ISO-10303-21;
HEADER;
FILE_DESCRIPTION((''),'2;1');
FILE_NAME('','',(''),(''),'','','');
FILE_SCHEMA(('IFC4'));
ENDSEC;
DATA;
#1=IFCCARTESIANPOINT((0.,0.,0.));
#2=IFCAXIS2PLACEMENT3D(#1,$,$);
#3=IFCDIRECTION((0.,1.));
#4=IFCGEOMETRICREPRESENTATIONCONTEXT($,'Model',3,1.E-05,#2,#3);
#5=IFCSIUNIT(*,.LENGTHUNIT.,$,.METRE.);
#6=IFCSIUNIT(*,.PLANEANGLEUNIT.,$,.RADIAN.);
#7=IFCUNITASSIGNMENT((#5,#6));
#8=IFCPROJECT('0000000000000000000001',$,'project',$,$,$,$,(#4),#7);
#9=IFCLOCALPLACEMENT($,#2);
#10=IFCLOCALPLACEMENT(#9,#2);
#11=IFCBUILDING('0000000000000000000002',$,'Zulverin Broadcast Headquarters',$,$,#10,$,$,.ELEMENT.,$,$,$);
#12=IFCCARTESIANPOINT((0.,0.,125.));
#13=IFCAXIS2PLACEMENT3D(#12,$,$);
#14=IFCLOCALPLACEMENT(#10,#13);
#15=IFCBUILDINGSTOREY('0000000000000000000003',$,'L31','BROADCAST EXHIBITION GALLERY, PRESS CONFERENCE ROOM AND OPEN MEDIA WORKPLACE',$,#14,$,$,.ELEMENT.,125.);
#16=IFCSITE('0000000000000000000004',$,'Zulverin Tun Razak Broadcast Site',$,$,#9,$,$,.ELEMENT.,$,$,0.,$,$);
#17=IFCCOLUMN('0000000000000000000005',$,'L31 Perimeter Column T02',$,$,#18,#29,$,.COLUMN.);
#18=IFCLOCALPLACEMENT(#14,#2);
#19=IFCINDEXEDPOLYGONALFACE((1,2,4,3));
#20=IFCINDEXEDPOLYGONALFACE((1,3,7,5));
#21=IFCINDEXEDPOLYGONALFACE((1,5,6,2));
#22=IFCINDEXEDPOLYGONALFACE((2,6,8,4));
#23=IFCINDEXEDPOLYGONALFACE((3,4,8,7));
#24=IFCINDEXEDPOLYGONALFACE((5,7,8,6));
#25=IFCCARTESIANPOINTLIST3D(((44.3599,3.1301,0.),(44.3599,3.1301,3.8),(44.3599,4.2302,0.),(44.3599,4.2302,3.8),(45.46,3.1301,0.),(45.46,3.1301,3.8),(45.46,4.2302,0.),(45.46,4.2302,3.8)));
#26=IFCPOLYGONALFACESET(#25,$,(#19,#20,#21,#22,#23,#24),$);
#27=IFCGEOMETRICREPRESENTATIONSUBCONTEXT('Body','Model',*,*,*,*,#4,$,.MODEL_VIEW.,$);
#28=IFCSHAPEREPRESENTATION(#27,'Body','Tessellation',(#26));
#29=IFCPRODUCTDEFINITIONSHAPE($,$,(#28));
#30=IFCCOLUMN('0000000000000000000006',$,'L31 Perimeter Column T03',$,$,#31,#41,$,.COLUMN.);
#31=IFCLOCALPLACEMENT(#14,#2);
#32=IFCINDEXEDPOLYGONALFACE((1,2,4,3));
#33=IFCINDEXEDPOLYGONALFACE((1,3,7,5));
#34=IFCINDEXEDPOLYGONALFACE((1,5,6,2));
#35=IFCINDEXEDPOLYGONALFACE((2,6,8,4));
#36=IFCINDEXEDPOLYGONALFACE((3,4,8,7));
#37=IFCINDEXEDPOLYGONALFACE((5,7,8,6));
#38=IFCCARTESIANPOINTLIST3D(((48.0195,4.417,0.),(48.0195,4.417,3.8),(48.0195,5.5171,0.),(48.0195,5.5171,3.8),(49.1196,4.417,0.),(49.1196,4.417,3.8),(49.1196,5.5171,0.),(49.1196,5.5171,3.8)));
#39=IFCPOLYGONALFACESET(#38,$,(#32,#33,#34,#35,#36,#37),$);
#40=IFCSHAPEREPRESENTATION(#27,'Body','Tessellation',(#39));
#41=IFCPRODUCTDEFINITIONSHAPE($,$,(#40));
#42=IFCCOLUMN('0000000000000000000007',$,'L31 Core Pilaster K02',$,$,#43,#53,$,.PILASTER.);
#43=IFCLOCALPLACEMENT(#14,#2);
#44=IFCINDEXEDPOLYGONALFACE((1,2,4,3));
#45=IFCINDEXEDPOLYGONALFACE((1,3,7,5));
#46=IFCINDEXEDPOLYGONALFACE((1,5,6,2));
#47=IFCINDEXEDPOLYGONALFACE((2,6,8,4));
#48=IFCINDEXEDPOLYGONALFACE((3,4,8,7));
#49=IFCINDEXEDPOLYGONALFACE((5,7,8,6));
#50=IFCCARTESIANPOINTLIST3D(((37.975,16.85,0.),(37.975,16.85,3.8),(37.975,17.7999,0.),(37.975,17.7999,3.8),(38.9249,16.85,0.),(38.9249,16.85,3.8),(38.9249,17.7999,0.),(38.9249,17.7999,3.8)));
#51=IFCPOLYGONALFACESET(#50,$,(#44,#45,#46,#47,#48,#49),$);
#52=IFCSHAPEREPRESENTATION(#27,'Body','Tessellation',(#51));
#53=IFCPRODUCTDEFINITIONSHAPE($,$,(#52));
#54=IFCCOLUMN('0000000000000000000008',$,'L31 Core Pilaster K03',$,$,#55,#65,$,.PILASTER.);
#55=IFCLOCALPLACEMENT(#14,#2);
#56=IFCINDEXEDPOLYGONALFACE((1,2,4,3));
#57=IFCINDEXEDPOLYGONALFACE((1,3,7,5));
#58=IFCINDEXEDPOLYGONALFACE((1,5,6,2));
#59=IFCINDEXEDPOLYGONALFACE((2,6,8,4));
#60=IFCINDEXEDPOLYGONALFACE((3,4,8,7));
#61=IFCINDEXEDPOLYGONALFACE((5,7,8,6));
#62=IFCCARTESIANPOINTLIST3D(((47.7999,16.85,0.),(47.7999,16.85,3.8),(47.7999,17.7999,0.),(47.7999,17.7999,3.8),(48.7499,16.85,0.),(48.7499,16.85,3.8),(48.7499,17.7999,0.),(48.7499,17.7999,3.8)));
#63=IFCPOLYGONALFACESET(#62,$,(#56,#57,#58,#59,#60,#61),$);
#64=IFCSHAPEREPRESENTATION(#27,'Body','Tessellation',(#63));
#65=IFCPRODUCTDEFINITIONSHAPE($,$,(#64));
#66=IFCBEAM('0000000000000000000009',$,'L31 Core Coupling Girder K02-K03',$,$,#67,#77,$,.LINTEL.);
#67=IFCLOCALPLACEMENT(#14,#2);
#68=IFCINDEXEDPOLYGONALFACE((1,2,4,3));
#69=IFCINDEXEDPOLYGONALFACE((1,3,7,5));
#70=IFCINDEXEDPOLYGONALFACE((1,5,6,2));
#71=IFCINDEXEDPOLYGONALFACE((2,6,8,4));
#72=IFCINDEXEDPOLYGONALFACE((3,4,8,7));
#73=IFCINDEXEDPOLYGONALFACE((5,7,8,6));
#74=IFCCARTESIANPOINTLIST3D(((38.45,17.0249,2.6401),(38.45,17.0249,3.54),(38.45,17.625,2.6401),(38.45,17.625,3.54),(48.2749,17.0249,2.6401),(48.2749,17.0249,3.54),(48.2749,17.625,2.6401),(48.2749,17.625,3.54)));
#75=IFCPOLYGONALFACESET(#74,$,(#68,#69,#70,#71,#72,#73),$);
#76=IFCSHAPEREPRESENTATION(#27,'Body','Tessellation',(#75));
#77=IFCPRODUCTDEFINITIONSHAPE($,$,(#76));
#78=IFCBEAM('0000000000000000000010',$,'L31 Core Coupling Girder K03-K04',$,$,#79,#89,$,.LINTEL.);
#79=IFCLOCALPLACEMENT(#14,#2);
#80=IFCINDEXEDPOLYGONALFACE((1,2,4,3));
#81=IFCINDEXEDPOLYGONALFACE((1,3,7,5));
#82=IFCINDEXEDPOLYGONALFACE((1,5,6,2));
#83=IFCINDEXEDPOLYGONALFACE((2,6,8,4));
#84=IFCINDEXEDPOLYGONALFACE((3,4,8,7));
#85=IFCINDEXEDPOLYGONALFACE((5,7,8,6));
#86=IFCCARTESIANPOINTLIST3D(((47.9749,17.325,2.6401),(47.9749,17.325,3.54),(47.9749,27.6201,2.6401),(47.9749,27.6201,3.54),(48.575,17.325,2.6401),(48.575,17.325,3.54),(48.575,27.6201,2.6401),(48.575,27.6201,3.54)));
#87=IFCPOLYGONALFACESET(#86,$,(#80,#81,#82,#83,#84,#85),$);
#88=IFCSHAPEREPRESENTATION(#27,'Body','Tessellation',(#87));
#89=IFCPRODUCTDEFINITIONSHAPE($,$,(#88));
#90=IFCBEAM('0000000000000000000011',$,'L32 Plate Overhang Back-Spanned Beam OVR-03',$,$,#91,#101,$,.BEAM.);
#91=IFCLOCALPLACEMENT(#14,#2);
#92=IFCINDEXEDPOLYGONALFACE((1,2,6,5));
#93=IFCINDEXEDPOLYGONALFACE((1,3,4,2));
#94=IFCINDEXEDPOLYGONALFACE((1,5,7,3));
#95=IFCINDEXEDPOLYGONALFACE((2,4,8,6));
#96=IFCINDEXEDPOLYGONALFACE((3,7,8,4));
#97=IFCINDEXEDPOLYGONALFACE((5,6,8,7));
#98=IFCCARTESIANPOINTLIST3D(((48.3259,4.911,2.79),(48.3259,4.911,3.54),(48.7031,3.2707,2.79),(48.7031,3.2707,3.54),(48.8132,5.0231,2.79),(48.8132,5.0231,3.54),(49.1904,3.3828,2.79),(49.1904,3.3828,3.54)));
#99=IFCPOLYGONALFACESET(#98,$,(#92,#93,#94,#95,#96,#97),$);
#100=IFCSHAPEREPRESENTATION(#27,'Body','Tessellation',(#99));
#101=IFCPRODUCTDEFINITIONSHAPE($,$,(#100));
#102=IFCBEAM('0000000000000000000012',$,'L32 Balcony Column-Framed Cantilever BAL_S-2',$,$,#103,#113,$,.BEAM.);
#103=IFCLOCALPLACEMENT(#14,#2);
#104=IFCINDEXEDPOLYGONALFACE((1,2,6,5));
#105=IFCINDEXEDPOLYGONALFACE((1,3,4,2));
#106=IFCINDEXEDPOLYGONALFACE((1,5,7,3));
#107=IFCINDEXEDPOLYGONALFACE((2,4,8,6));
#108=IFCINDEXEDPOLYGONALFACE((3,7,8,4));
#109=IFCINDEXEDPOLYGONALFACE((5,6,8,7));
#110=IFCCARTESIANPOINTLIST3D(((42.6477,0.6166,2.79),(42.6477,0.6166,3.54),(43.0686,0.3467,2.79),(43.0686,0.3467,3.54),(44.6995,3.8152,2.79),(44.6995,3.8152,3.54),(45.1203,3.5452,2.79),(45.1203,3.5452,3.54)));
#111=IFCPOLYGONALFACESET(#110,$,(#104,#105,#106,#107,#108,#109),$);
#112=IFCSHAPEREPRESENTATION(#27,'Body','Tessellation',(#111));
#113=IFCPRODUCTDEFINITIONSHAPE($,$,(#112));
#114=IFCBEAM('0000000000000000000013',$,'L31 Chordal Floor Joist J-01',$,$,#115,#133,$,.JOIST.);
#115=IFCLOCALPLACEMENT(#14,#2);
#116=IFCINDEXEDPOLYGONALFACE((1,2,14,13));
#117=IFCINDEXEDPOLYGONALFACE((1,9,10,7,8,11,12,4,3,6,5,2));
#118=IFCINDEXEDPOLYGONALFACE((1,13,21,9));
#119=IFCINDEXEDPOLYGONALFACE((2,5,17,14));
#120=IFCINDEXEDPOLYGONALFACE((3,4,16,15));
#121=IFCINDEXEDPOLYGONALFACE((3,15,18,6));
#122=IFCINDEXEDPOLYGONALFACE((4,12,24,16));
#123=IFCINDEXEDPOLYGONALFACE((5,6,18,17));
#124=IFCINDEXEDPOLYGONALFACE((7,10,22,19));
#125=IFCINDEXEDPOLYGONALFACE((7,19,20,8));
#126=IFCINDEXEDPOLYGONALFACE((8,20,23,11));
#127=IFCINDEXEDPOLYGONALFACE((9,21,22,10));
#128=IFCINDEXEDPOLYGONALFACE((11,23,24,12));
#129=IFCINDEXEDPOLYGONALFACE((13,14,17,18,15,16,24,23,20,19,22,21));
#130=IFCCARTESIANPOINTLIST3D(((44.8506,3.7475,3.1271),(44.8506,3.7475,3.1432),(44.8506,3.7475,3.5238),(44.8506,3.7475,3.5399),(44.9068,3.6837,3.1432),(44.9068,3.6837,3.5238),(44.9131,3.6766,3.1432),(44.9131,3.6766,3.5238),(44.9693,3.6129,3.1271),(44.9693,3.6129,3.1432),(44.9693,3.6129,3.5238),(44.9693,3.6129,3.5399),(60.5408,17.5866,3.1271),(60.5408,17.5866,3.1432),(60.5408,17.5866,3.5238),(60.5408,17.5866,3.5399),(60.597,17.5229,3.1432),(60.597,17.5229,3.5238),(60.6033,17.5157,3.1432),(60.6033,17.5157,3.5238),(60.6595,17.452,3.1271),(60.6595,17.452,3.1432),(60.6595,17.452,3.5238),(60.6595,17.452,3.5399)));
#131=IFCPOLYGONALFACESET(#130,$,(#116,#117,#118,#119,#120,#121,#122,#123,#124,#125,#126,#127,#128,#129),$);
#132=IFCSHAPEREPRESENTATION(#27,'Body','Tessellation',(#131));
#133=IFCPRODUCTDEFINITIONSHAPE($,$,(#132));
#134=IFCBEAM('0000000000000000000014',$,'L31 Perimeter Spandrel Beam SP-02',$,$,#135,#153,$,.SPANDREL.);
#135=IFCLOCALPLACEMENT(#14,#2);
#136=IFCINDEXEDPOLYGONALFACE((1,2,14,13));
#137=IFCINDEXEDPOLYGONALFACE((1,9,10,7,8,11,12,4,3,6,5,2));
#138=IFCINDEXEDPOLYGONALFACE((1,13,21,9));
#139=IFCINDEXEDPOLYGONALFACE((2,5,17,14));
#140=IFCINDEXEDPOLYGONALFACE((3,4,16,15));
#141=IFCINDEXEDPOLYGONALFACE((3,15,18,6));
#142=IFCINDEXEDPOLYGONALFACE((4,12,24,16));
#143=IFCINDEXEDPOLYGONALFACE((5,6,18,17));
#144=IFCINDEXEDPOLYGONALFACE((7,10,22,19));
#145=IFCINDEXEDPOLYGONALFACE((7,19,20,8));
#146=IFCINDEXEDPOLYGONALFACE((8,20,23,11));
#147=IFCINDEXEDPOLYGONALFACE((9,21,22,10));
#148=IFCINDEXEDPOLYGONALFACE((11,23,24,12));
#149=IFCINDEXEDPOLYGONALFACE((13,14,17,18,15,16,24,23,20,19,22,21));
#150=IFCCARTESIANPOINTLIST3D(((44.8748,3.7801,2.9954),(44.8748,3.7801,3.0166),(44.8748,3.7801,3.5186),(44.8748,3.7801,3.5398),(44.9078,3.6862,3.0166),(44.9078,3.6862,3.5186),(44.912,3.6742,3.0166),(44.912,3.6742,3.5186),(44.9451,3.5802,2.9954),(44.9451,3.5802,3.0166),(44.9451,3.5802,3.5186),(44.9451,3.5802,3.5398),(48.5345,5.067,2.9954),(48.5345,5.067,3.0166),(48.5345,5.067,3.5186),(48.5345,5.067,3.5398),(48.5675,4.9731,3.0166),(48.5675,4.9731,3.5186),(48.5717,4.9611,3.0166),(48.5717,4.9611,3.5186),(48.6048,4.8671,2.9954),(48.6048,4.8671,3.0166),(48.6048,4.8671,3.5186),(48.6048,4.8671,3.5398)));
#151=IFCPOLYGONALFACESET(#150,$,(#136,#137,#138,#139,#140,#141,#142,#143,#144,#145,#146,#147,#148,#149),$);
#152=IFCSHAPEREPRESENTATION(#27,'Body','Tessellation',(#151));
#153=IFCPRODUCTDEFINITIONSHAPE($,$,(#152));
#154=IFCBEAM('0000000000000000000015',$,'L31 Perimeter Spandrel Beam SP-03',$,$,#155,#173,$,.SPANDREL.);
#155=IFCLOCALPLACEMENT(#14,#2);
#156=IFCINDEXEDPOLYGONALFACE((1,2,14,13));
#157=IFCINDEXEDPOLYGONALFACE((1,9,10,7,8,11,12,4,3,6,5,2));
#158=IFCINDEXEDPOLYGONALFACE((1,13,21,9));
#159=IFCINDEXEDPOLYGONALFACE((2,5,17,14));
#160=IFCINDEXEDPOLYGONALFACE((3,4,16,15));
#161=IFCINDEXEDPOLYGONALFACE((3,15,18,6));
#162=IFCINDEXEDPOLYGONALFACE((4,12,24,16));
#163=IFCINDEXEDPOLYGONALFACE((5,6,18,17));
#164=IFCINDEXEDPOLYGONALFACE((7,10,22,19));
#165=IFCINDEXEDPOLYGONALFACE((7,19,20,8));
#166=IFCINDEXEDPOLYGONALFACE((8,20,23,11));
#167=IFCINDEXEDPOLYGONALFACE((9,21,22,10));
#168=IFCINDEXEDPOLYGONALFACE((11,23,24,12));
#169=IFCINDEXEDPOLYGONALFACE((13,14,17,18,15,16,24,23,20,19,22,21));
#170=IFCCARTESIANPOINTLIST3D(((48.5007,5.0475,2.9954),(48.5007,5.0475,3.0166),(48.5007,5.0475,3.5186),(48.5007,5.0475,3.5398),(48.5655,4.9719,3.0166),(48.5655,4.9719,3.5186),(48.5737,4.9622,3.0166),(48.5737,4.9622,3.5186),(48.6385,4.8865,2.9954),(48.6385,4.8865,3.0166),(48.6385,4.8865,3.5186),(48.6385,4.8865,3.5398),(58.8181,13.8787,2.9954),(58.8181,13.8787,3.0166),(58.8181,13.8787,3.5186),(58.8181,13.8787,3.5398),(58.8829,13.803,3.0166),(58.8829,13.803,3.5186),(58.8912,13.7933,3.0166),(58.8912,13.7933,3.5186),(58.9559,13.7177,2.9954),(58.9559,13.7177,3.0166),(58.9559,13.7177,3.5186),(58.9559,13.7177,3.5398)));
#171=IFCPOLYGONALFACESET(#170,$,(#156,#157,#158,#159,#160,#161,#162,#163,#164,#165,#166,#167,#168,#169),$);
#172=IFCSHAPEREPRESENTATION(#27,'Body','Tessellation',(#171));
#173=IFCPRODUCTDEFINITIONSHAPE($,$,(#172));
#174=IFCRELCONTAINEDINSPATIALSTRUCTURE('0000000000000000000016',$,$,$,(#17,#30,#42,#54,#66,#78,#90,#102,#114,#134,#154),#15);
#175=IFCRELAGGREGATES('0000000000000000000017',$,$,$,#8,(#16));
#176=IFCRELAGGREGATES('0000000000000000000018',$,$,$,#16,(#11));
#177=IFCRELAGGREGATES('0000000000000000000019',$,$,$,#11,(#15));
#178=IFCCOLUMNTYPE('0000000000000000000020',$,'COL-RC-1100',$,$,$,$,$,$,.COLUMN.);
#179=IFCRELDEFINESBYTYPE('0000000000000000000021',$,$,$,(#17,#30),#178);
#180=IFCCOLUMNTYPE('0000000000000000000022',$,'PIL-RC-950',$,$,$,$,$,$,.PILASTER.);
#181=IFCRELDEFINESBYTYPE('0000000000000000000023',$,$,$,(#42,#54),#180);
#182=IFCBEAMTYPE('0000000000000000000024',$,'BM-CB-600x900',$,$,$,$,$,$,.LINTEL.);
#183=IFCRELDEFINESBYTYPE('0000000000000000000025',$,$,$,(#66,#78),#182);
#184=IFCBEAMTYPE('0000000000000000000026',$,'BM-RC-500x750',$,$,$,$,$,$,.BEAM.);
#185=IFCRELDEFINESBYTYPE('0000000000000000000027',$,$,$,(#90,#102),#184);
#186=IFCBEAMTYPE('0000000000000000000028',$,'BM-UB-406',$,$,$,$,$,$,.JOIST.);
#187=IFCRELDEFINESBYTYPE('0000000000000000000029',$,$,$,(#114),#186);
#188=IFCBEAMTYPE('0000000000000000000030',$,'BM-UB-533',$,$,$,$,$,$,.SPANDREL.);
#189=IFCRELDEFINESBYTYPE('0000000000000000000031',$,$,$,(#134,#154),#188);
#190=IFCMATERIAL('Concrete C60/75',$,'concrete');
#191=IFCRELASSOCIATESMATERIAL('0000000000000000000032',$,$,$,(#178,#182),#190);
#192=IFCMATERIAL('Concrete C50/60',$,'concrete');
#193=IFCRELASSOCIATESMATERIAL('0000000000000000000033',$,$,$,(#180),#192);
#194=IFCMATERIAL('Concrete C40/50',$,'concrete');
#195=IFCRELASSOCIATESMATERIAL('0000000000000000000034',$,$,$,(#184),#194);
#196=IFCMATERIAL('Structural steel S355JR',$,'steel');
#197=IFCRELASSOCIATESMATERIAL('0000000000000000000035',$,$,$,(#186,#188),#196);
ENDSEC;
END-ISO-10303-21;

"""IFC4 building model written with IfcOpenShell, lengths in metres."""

from ifc_helpers import new_model, si_unit, direction, frame, origin, origin_2d, place, context, subcontext, project, spatial, rectangle, i_section, extrude, material, material_profile, profile_set, type_object, element, save


model = new_model("IFC4")

# Units and contexts
model_context = context("Model", 3, precision=1e-05, world=origin(), true_north=direction((0.0, 1.0)))
body_context = subcontext(model_context, "Body", "Model", "MODEL_VIEW")
ifc_project = project(units=[si_unit("LENGTHUNIT", "METRE"), si_unit("PLANEANGLEUNIT", "RADIAN")], contexts=[model_context])

# Site, building, storey
site_placement = place(None, origin())
site = spatial("IfcSite", under=ifc_project, at=site_placement, Name="Zulverin Tun Razak Broadcast Site", CompositionType="ELEMENT", RefElevation=0.0)
building_placement = place(site_placement, origin())
building = spatial("IfcBuilding", under=site, at=building_placement, Name="Zulverin Broadcast Headquarters", CompositionType="ELEMENT")
storey_placement = place(building_placement, frame((0.0, 0.0, 125.0)))
storey = spatial("IfcBuildingStorey", under=building, at=storey_placement, Name="L31", Description="BROADCAST EXHIBITION GALLERY, PRESS CONFERENCE ROOM AND OPEN MEDIA WORKPLACE", CompositionType="ELEMENT", Elevation=125.0)

# Columns
ifc_material_1 = material(Name="Concrete C60/75", Category="concrete")
ifc_material_profile_1 = material_profile(ifc_material_1, rectangle(XDim=1.1001, YDim=1.1001, at=origin_2d()), Name="Concrete C60/75", Category="concrete")
ifc_profile_set_1 = profile_set([ifc_material_profile_1], Name="Concrete C60/75")
column_type_1 = type_object("IfcColumnType", Name="COL-RC-1100", PredefinedType="COLUMN", material=ifc_profile_set_1)
for number, where, z_axis, x_axis, name in (
    (1, (44.9099, 3.6802, 0.0), (0.0, 0.0, 1.0), (1.0, 0.0, 0.0), "L31 Perimeter Column T02"),
    (2, (48.5696, 4.967, 0.0), (0.0, 0.0, 1.0), (1.0, 0.0, 0.0), "L31 Perimeter Column T03"),
):
    element("IfcColumn", number, at=place(storey_placement, frame(where, z_axis=z_axis, x_axis=x_axis)), inside=storey, type_object=column_type_1, Name=name, PredefinedType="COLUMN", context=body_context, shape_type="SweptSolid", body=[
        extrude(rectangle(XDim=1.1001, YDim=1.1001, at=origin_2d()), origin(), (0.0, 0.0, 1.0), 3.8),
    ])
ifc_material_2 = material(Name="Concrete C50/60", Category="concrete")
ifc_material_profile_2 = material_profile(ifc_material_2, rectangle(XDim=0.95, YDim=0.95, at=origin_2d()), Name="Concrete C50/60", Category="concrete")
ifc_profile_set_2 = profile_set([ifc_material_profile_2], Name="Concrete C50/60")
column_type_2 = type_object("IfcColumnType", Name="PIL-RC-950", PredefinedType="PILASTER", material=ifc_profile_set_2)
for number, where, z_axis, x_axis, name in (
    (3, (38.45, 17.325, 0.0), (0.0, 0.0, 1.0), (1.0, 0.0, 0.0), "L31 Core Pilaster K02"),
    (4, (48.2749, 17.325, 0.0), (0.0, 0.0, 1.0), (1.0, 0.0, 0.0), "L31 Core Pilaster K03"),
):
    element("IfcColumn", number, at=place(storey_placement, frame(where, z_axis=z_axis, x_axis=x_axis)), inside=storey, type_object=column_type_2, Name=name, PredefinedType="PILASTER", context=body_context, shape_type="SweptSolid", body=[
        extrude(rectangle(XDim=0.95, YDim=0.95, at=origin_2d()), origin(), (0.0, 0.0, 1.0), 3.8),
    ])

# Beams
ifc_material_profile_3 = material_profile(ifc_material_1, rectangle(XDim=0.6001, YDim=0.8999, at=origin_2d()), Name="Concrete C60/75", Category="concrete")
ifc_profile_set_3 = profile_set([ifc_material_profile_3], Name="Concrete C60/75")
beam_type_1 = type_object("IfcBeamType", Name="BM-CB-600x900", PredefinedType="LINTEL", material=ifc_profile_set_3)
beam_1_placement = place(storey_placement, frame((38.45, 17.325, 3.0901), z_axis=(1.0, 0.0, 0.0), x_axis=(0.0, 1.0, 0.0)))
element("IfcBeam", 5, at=beam_1_placement, inside=storey, type_object=beam_type_1, Name="L31 Core Coupling Girder K02-K03", PredefinedType="LINTEL", context=body_context, shape_type="SweptSolid", body=[
    extrude(rectangle(XDim=0.6001, YDim=0.8999, at=origin_2d()), origin(), (0.0, 0.0, 1.0), 9.825),
])
beam_2_placement = place(storey_placement, frame((48.2749, 17.325, 3.0901), z_axis=(0.0, 1.0, 0.0), x_axis=(-1.0, 0.0, 0.0)))
element("IfcBeam", 6, at=beam_2_placement, inside=storey, type_object=beam_type_1, Name="L31 Core Coupling Girder K03-K04", PredefinedType="LINTEL", context=body_context, shape_type="SweptSolid", body=[
    extrude(rectangle(XDim=0.6001, YDim=0.8999, at=origin_2d()), origin(), (0.0, 0.0, 1.0), 10.2952),
])
ifc_material_3 = material(Name="Concrete C40/50", Category="concrete")
ifc_material_profile_4 = material_profile(ifc_material_3, rectangle(XDim=0.5, YDim=0.75, at=origin_2d()), Name="Concrete C40/50", Category="concrete")
ifc_profile_set_4 = profile_set([ifc_material_profile_4], Name="Concrete C40/50")
beam_type_2 = type_object("IfcBeamType", Name="BM-RC-500x750", PredefinedType="BEAM", material=ifc_profile_set_4)
beam_3_placement = place(storey_placement, frame((48.5696, 4.967, 3.165), z_axis=(0.224097, -0.974567, 0.0), x_axis=(0.974567, 0.224097, 0.0)))
element("IfcBeam", 7, at=beam_3_placement, inside=storey, type_object=beam_type_2, Name="L32 Plate Overhang Back-Spanned Beam OVR-03", PredefinedType="BEAM", context=body_context, shape_type="SweptSolid", body=[
    extrude(rectangle(XDim=0.5, YDim=0.75, at=origin_2d()), origin(), (0.0, 0.0, 1.0), 1.6831),
])
beam_4_placement = place(storey_placement, frame((44.9099, 3.6802, 3.165), z_axis=(-0.539936, -0.841706, 0.0), x_axis=(0.841706, -0.539936, 0.0)))
element("IfcBeam", 8, at=beam_4_placement, inside=storey, type_object=beam_type_2, Name="L32 Balcony Column-Framed Cantilever BAL_S-2", PredefinedType="BEAM", context=body_context, shape_type="SweptSolid", body=[
    extrude(rectangle(XDim=0.5, YDim=0.75, at=origin_2d()), origin(), (0.0, 0.0, 1.0), 3.8),
])
ifc_material_4 = material(Name="Structural steel S355JR", Category="steel")
ifc_material_profile_5 = material_profile(ifc_material_4, i_section(OverallWidth=0.1794, OverallDepth=0.4128, WebThickness=0.0095, FlangeThickness=0.0161, at=origin_2d()), Name="Structural steel S355JR", Category="steel")
ifc_profile_set_5 = profile_set([ifc_material_profile_5], Name="Structural steel S355JR")
beam_type_3 = type_object("IfcBeamType", Name="BM-UB-406", PredefinedType="JOIST", material=ifc_profile_set_5)
beam_5_placement = place(storey_placement, frame((44.9099, 3.6802, 3.3335), z_axis=(0.74996, 0.661483, 0.0), x_axis=(-0.661483, 0.74996, 0.0)))
element("IfcBeam", 9, at=beam_5_placement, inside=storey, type_object=beam_type_3, Name="L31 Chordal Floor Joist J-01", PredefinedType="JOIST", context=body_context, shape_type="SweptSolid", body=[
    extrude(i_section(OverallWidth=0.1794, OverallDepth=0.4128, WebThickness=0.0095, FlangeThickness=0.0161, at=origin_2d()), origin(), (0.0, 0.0, 1.0), 20.9214),
])
ifc_material_profile_6 = material_profile(ifc_material_4, i_section(OverallWidth=0.2119, OverallDepth=0.5444, WebThickness=0.0127, FlangeThickness=0.0212, at=origin_2d()), Name="Structural steel S355JR", Category="steel")
ifc_profile_set_6 = profile_set([ifc_material_profile_6], Name="Structural steel S355JR")
beam_type_4 = type_object("IfcBeamType", Name="BM-UB-533", PredefinedType="SPANDREL", material=ifc_profile_set_6)
beam_6_placement = place(storey_placement, frame((44.9099, 3.6802, 3.2676), z_axis=(0.943377, 0.331724, 0.0), x_axis=(-0.331724, 0.943377, 0.0)))
element("IfcBeam", 10, at=beam_6_placement, inside=storey, type_object=beam_type_4, Name="L31 Perimeter Spandrel Beam SP-02", PredefinedType="SPANDREL", context=body_context, shape_type="SweptSolid", body=[
    extrude(i_section(OverallWidth=0.2119, OverallDepth=0.5444, WebThickness=0.0127, FlangeThickness=0.0212, at=origin_2d()), origin(), (0.0, 0.0, 1.0), 3.8794),
])
beam_7_placement = place(storey_placement, frame((48.5696, 4.967, 3.2676), z_axis=(0.759708, 0.650264, 0.0), x_axis=(-0.650264, 0.759708, 0.0)))
element("IfcBeam", 11, at=beam_7_placement, inside=storey, type_object=beam_type_4, Name="L31 Perimeter Spandrel Beam SP-03", PredefinedType="SPANDREL", context=body_context, shape_type="SweptSolid", body=[
    extrude(i_section(OverallWidth=0.2119, OverallDepth=0.5444, WebThickness=0.0127, FlangeThickness=0.0212, at=origin_2d()), origin(), (0.0, 0.0, 1.0), 13.5808),
])

save(model, "model.ifc")
